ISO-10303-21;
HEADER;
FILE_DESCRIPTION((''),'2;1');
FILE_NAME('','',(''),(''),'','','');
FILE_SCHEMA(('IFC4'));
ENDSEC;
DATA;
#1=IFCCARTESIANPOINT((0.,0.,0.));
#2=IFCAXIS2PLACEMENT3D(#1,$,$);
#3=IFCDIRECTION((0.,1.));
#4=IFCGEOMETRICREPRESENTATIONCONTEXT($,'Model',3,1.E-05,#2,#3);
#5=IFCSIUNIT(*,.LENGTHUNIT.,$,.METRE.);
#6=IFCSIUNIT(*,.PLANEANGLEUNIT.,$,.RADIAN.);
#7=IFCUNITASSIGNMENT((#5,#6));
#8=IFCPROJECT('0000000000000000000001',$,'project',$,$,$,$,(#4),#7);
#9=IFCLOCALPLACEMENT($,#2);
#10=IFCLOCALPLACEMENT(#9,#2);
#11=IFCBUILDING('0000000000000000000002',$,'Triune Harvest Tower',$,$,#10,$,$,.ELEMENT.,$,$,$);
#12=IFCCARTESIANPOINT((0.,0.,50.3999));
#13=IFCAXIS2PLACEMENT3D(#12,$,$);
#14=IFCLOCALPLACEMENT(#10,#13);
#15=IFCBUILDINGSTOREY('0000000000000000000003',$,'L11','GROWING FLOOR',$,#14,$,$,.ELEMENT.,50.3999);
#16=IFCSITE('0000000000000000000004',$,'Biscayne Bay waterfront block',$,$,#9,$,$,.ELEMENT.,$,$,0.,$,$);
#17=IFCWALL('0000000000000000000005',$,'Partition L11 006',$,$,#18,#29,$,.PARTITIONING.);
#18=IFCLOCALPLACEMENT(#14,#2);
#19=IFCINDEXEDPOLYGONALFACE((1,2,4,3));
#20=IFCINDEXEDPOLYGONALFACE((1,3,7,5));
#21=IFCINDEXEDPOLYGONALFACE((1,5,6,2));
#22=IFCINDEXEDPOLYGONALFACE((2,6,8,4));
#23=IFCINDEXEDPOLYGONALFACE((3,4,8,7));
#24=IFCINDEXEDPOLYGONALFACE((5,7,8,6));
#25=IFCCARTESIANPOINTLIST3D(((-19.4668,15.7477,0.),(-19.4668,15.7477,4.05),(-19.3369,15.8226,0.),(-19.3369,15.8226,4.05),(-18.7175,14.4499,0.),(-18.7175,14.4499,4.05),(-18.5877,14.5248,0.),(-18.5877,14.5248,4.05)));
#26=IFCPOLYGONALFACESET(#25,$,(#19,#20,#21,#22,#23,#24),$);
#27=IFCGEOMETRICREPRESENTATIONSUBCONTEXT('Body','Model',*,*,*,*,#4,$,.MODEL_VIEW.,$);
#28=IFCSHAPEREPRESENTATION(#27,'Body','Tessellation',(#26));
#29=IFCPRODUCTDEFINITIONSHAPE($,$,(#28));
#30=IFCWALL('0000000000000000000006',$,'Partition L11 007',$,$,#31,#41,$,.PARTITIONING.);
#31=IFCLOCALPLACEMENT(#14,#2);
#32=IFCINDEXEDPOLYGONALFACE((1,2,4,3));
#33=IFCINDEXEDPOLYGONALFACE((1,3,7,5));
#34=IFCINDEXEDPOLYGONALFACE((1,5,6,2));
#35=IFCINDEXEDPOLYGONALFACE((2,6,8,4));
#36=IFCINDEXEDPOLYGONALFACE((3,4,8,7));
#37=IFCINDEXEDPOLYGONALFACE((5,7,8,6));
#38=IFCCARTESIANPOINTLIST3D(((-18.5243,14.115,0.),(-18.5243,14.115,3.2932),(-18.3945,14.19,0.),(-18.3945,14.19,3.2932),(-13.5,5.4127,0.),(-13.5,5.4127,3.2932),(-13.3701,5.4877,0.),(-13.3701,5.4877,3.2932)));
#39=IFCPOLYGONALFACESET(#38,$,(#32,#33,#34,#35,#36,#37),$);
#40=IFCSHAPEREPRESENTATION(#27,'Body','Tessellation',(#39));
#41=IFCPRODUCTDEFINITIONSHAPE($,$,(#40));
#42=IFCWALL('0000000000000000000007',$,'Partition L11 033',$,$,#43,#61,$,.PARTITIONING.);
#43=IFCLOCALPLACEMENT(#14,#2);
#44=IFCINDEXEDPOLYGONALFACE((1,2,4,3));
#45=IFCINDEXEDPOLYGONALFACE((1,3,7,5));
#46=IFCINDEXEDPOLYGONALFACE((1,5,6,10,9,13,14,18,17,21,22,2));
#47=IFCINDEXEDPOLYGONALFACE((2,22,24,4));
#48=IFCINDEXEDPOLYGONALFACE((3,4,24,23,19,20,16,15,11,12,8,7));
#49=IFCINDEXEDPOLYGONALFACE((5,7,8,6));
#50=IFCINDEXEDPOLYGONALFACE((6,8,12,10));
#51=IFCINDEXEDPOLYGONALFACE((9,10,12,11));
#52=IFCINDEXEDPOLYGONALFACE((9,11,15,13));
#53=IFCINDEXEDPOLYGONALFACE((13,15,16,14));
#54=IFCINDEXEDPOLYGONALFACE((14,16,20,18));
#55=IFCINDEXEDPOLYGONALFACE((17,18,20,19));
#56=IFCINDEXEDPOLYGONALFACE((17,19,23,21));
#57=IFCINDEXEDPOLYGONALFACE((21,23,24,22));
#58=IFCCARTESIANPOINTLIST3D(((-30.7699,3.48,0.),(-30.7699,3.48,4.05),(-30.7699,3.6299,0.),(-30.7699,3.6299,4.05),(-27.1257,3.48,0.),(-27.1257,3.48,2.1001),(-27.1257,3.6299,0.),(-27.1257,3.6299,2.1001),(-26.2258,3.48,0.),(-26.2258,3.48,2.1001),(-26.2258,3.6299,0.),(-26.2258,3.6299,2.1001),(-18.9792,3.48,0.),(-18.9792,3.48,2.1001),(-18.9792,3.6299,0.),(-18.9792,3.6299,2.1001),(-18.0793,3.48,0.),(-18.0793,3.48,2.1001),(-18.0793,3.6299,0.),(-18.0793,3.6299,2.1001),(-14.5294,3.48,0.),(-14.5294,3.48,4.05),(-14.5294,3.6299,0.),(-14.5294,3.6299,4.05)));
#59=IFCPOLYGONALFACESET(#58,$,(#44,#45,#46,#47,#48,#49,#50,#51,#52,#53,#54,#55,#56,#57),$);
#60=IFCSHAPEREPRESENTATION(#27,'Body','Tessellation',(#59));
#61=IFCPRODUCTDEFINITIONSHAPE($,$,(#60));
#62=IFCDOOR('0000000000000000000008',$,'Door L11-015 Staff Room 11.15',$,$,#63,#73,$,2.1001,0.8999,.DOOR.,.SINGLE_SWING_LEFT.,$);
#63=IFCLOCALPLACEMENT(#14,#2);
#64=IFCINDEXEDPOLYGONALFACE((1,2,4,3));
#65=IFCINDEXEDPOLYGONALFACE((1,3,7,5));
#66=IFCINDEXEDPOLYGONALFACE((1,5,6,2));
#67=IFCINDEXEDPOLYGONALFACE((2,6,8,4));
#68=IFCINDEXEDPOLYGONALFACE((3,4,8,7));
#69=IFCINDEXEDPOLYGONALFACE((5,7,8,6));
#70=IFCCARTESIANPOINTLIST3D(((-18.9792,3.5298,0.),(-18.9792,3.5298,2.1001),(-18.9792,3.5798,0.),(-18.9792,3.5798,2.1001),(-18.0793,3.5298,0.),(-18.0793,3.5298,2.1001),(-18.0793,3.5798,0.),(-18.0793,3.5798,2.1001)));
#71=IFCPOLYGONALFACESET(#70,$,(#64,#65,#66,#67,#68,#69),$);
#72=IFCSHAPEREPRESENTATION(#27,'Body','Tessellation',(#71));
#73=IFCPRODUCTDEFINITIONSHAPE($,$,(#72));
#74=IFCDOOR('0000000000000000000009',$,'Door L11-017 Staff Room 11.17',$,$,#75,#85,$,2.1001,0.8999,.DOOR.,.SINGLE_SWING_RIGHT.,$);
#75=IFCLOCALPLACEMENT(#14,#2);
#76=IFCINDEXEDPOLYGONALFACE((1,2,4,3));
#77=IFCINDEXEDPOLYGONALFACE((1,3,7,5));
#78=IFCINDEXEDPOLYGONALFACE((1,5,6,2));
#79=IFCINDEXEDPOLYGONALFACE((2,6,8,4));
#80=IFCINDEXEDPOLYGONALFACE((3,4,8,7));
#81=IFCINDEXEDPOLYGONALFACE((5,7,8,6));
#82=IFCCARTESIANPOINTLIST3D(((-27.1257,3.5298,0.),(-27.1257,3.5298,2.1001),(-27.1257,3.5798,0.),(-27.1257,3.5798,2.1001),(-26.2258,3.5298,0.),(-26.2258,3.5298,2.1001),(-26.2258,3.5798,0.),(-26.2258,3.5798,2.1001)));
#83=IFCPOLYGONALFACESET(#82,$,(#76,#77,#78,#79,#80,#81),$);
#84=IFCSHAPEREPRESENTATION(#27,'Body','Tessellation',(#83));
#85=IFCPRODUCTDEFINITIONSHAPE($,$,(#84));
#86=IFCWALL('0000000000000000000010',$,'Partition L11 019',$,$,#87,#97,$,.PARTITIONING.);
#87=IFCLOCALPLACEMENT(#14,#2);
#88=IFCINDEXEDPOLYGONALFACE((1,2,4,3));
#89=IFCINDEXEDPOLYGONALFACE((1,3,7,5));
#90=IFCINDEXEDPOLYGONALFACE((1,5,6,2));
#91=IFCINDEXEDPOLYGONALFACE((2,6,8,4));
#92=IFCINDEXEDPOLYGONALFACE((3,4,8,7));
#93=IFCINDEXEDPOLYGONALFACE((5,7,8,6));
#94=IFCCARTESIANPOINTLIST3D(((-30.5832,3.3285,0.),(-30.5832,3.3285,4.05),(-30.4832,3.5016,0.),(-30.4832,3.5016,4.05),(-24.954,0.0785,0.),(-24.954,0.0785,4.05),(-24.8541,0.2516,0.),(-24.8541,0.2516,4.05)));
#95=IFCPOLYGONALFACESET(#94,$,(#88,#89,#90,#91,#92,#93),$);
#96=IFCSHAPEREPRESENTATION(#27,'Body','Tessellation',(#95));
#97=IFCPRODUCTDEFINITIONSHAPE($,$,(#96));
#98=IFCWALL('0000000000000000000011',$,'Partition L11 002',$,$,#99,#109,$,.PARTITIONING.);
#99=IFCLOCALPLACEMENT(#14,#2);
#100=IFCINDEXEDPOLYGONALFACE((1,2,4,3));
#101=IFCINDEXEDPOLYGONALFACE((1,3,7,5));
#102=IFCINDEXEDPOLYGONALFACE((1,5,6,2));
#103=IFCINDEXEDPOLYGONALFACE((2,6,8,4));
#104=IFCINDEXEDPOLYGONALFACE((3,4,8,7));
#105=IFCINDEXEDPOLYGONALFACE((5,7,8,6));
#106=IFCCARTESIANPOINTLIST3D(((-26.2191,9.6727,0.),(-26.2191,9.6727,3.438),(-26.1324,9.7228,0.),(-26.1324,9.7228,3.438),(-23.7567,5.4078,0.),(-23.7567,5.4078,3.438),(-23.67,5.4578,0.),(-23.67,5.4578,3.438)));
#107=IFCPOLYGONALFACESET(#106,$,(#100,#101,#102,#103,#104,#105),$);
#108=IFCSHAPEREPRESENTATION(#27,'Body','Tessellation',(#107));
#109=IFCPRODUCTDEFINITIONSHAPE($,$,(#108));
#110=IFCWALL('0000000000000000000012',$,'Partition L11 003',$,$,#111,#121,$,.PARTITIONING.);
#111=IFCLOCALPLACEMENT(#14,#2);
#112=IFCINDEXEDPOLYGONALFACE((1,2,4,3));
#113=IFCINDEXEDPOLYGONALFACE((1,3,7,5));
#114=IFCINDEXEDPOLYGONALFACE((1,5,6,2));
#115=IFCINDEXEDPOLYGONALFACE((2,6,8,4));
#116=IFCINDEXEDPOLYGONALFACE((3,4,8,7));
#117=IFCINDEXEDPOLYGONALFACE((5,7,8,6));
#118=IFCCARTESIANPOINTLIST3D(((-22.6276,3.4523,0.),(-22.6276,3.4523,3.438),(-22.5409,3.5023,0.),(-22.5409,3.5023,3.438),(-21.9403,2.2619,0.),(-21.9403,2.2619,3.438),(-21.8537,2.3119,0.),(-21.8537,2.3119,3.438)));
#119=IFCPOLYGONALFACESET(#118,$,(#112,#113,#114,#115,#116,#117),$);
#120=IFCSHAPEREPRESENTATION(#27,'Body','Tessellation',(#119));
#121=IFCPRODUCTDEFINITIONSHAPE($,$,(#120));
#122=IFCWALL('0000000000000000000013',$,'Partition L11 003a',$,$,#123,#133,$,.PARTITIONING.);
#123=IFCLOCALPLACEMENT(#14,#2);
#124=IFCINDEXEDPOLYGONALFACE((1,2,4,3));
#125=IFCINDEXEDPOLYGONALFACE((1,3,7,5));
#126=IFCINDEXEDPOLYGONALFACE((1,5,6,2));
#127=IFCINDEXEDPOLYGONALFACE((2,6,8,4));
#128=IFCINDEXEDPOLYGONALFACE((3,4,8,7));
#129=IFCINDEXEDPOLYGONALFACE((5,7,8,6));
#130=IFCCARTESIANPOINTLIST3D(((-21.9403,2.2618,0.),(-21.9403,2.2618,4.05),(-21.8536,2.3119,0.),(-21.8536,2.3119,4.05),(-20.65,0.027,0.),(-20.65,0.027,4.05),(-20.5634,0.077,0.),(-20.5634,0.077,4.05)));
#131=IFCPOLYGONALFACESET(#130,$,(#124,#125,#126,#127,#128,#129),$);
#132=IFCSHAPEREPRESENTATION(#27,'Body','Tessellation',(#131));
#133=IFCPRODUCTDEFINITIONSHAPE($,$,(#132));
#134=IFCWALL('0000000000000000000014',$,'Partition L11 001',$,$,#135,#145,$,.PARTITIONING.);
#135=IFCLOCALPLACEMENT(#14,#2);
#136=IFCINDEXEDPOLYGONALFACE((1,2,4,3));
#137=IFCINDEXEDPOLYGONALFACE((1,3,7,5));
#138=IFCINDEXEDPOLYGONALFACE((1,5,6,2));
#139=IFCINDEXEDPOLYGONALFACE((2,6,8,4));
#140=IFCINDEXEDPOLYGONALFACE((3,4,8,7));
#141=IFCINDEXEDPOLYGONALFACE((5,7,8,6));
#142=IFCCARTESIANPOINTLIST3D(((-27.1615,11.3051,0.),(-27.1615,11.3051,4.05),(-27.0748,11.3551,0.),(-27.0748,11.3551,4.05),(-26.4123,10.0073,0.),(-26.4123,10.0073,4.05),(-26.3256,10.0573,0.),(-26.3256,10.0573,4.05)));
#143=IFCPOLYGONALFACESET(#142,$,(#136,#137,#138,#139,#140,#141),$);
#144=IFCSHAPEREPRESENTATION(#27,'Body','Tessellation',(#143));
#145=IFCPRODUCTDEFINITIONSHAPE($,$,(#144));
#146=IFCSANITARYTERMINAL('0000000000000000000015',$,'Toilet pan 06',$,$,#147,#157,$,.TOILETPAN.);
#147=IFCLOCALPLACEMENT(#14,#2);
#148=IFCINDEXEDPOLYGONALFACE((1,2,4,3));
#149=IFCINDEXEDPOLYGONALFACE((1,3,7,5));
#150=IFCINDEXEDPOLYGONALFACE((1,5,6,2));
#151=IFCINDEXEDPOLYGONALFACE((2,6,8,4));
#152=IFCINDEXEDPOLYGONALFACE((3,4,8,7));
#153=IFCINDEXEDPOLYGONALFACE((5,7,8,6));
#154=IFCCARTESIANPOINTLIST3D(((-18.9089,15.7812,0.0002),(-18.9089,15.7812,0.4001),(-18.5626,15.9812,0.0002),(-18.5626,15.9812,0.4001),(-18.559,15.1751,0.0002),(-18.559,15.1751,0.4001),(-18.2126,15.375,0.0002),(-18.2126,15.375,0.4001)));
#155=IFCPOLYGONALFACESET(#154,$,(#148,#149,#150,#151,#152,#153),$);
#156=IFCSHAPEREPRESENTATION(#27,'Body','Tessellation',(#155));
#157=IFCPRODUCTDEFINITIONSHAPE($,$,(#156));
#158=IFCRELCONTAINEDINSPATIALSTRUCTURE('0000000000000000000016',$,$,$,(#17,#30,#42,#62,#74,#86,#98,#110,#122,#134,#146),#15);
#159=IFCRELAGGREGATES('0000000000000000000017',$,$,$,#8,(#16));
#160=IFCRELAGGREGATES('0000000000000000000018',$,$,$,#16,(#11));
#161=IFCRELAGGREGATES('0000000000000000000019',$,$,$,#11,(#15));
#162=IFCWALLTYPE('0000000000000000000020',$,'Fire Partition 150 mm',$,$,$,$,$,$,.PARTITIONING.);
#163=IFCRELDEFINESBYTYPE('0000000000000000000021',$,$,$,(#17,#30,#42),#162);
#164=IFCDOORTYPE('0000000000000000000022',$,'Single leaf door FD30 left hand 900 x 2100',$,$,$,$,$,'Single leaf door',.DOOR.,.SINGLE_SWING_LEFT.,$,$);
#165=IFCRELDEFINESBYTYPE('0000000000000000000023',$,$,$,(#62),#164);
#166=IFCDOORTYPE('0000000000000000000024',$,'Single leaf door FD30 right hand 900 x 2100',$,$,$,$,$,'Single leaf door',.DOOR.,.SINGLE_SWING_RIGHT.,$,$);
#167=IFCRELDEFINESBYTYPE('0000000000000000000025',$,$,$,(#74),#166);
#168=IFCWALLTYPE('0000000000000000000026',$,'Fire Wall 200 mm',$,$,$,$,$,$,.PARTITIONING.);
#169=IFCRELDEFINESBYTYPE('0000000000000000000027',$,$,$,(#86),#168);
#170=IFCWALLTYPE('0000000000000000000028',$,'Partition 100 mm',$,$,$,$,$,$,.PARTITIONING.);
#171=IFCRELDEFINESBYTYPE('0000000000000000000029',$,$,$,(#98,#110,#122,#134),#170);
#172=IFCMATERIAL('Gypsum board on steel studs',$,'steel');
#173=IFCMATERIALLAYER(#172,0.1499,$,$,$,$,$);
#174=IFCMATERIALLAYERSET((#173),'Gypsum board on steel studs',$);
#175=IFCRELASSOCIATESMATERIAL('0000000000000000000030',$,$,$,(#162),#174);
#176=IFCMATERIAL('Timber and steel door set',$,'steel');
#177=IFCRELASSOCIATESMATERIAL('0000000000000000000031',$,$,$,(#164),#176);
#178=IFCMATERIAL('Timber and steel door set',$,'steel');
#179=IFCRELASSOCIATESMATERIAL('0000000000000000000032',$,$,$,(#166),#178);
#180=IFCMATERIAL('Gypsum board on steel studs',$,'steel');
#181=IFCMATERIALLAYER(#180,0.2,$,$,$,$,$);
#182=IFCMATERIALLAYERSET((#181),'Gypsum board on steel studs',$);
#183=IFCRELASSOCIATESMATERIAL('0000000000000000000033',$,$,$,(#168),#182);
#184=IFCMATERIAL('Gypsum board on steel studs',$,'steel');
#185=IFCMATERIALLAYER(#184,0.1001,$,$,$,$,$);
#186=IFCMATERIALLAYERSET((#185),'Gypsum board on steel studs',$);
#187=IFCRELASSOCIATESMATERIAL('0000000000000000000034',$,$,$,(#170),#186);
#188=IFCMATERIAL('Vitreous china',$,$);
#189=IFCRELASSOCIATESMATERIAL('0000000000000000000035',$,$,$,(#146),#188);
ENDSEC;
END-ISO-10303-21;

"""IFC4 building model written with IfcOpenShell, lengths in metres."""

from ifc_helpers import new_model, si_unit, direction, frame, frame_2d, origin, origin_2d, place, context, subcontext, project, spatial, rectangle, extrude, source, transform, mapped, material, layer, layer_set, type_object, element, fill, save


model = new_model("IFC4")

# Units and contexts
model_context = context("Model", 3, precision=1e-05, world=origin(), true_north=direction((0.0, 1.0)))
body_context = subcontext(model_context, "Body", "Model", "MODEL_VIEW")
ifc_project = project(units=[si_unit("LENGTHUNIT", "METRE"), si_unit("PLANEANGLEUNIT", "RADIAN")], contexts=[model_context])

# Site, building, storey
site_placement = place(None, origin())
site = spatial("IfcSite", under=ifc_project, at=site_placement, Name="Biscayne Bay waterfront block", CompositionType="ELEMENT", RefElevation=0.0)
building_placement = place(site_placement, origin())
building = spatial("IfcBuilding", under=site, at=building_placement, Name="Triune Harvest Tower", CompositionType="ELEMENT")
storey_placement = place(building_placement, frame((0.0, 0.0, 50.3999)))
storey = spatial("IfcBuildingStorey", under=building, at=storey_placement, Name="L11", Description="GROWING FLOOR", CompositionType="ELEMENT", Elevation=50.3999)

# Walls
ifc_material_1 = material(Name="Gypsum board on steel studs", Category="steel")
ifc_layer_1 = layer(ifc_material_1, 0.1499)
ifc_layer_set_1 = layer_set([ifc_layer_1], Name="Gypsum board on steel studs")
wall_type_1 = type_object("IfcWallType", Name="Fire Partition 150 mm", PredefinedType="PARTITIONING", material=ifc_layer_set_1)
wall_1_placement = place(storey_placement, frame((-19.4019, 15.7852, 0.0), z_axis=(0.0, 0.0, 1.0), x_axis=(0.499976, -0.866039, 0.0)))
element("IfcWall", 1, at=wall_1_placement, inside=storey, type_object=wall_type_1, Name="Partition L11 006", PredefinedType="PARTITIONING", context=body_context, shape_type="SweptSolid", body=[
    extrude(rectangle(XDim=1.4985, YDim=0.1499, at=frame_2d((0.7493, 0.0))), origin(), (0.0, 0.0, 1.0), 4.05),
])
wall_2_placement = place(storey_placement, frame((-18.4595, 14.1526, 0.0), z_axis=(0.0, 0.0, 1.0), x_axis=(0.500006, -0.866022, 0.0)))
element("IfcWall", 2, at=wall_2_placement, inside=storey, type_object=wall_type_1, Name="Partition L11 007", PredefinedType="PARTITIONING", context=body_context, shape_type="SweptSolid", body=[
    extrude(rectangle(XDim=10.0486, YDim=0.1499, at=frame_2d((5.0244, 0.0))), origin(), (0.0, 0.0, 1.0), 3.2932),
])

# Wall, openings, doors
wall_3_placement = place(storey_placement, frame((-30.7698, 3.5549, 0.0), z_axis=(0.0, 0.0, 1.0), x_axis=(1.0, 0.0, 0.0)))
wall_3 = element("IfcWall", 3, at=wall_3_placement, inside=storey, type_object=wall_type_1, Name="Partition L11 033", PredefinedType="PARTITIONING", context=body_context, shape_type="SweptSolid", body=[
    extrude(rectangle(XDim=16.2405, YDim=0.1499, at=frame_2d((8.1201, 0.0))), origin(), (0.0, 0.0, 1.0), 4.05),
])
opening_1_placement = place(wall_3_placement, frame((11.7905, 0.0, 0.0)))
opening_1 = element("IfcOpeningElement", 4, at=opening_1_placement, cuts=wall_3, PredefinedType="OPENING", context=body_context, shape_type="SweptSolid", body=[
    extrude(rectangle(XDim=0.8999, YDim=2.1001, at=frame_2d((0.45, 1.05))), frame((0.0, 0.085, 0.0), z_axis=(0.0, -1.0, 0.0), x_axis=(1.0, 0.0, 0.0)), (0.0, 0.0, 1.0), 0.1699),
])
opening_2_placement = place(wall_3_placement, frame((3.644, 0.0, 0.0)))
opening_2 = element("IfcOpeningElement", 5, at=opening_2_placement, cuts=wall_3, PredefinedType="OPENING", context=body_context, shape_type="SweptSolid", body=[
    extrude(rectangle(XDim=0.8999, YDim=2.1001, at=frame_2d((0.45, 1.05))), frame((0.0, 0.085, 0.0), z_axis=(0.0, -1.0, 0.0), x_axis=(1.0, 0.0, 0.0)), (0.0, 0.0, 1.0), 0.1699),
])
ifc_material_2 = material(Name="Timber and steel door set", Category="steel")
door_type_1 = type_object("IfcDoorType", Name="Single leaf door FD30 left hand 900 x 2100", ElementType="Single leaf door", OperationType="SINGLE_SWING_LEFT", PredefinedType="DOOR", material=ifc_material_2)
door_1_placement = place(opening_1_placement, origin())
door_1 = element("IfcDoor", 6, at=door_1_placement, inside=storey, type_object=door_type_1, Name="Door L11-015 Staff Room 11.15", OperationType="SINGLE_SWING_LEFT", OverallHeight=2.1001, OverallWidth=0.8999, PredefinedType="DOOR", context=body_context, shape_type="SweptSolid", body=[
    extrude(rectangle(XDim=0.8999, YDim=2.1001, at=frame_2d((0.45, 1.05))), frame((0.0, 0.0249, 0.0), z_axis=(0.0, -1.0, 0.0), x_axis=(1.0, 0.0, 0.0)), (0.0, 0.0, 1.0), 0.05),
])
fill(opening_1, door_1)
ifc_material_3 = material(Name="Timber and steel door set", Category="steel")
door_type_2 = type_object("IfcDoorType", Name="Single leaf door FD30 right hand 900 x 2100", ElementType="Single leaf door", OperationType="SINGLE_SWING_RIGHT", PredefinedType="DOOR", material=ifc_material_3)
door_2_placement = place(opening_2_placement, origin())
door_2 = element("IfcDoor", 7, at=door_2_placement, inside=storey, type_object=door_type_2, Name="Door L11-017 Staff Room 11.17", OperationType="SINGLE_SWING_RIGHT", OverallHeight=2.1001, OverallWidth=0.8999, PredefinedType="DOOR", context=body_context, shape_type="SweptSolid", body=[
    extrude(rectangle(XDim=0.8999, YDim=2.1001, at=frame_2d((0.45, 1.05))), frame((0.0, 0.0249, 0.0), z_axis=(0.0, -1.0, 0.0), x_axis=(1.0, 0.0, 0.0)), (0.0, 0.0, 1.0), 0.05),
])
fill(opening_2, door_2)

# Walls
ifc_material_4 = material(Name="Gypsum board on steel studs", Category="steel")
ifc_layer_2 = layer(ifc_material_4, 0.2)
ifc_layer_set_2 = layer_set([ifc_layer_2], Name="Gypsum board on steel studs")
wall_type_2 = type_object("IfcWallType", Name="Fire Wall 200 mm", PredefinedType="PARTITIONING", material=ifc_layer_set_2)
wall_4_placement = place(storey_placement, frame((-30.5332, 3.415, 0.0), z_axis=(0.0, 0.0, 1.0), x_axis=(0.866025, -0.500001, 0.0)))
element("IfcWall", 8, at=wall_4_placement, inside=storey, type_object=wall_type_2, Name="Partition L11 019", PredefinedType="PARTITIONING", context=body_context, shape_type="SweptSolid", body=[
    extrude(rectangle(XDim=6.5, YDim=0.2, at=frame_2d((3.25, 0.0))), origin(), (0.0, 0.0, 1.0), 4.05),
])
ifc_material_5 = material(Name="Gypsum board on steel studs", Category="steel")
ifc_layer_3 = layer(ifc_material_5, 0.1001)
ifc_layer_set_3 = layer_set([ifc_layer_3], Name="Gypsum board on steel studs")
wall_type_3 = type_object("IfcWallType", Name="Partition 100 mm", PredefinedType="PARTITIONING", material=ifc_layer_set_3)
wall_5_placement = place(storey_placement, frame((-26.1758, 9.6978, 0.0), z_axis=(0.0, 0.0, 1.0), x_axis=(0.50001, -0.86602, 0.0)))
element("IfcWall", 9, at=wall_5_placement, inside=storey, type_object=wall_type_3, Name="Partition L11 002", PredefinedType="PARTITIONING", context=body_context, shape_type="SweptSolid", body=[
    extrude(rectangle(XDim=4.9248, YDim=0.1001, at=frame_2d((2.4624, 0.0))), origin(), (0.0, 0.0, 1.0), 3.438),
])
wall_6_placement = place(storey_placement, frame((-22.5842, 3.4773, 0.0), z_axis=(0.0, 0.0, 1.0), x_axis=(0.499979, -0.866038, 0.0)))
element("IfcWall", 10, at=wall_6_placement, inside=storey, type_object=wall_type_3, Name="Partition L11 003", PredefinedType="PARTITIONING", context=body_context, shape_type="SweptSolid", body=[
    extrude(rectangle(XDim=1.3745, YDim=0.1001, at=frame_2d((0.6873, 0.0))), origin(), (0.0, 0.0, 1.0), 3.438),
])
wall_7_placement = place(storey_placement, frame((-21.897, 2.2869, 0.0), z_axis=(0.0, 0.0, 1.0), x_axis=(0.499995, -0.866028, 0.0)))
element("IfcWall", 11, at=wall_7_placement, inside=storey, type_object=wall_type_3, Name="Partition L11 003a", PredefinedType="PARTITIONING", context=body_context, shape_type="SweptSolid", body=[
    extrude(rectangle(XDim=2.5806, YDim=0.1001, at=frame_2d((1.2903, 0.0))), origin(), (0.0, 0.0, 1.0), 4.05),
])
shared_shape_1 = source(origin(), body_context, "Body", "SweptSolid", [
    extrude(rectangle(XDim=1.4985, YDim=0.1001, at=frame_2d((0.7493, 0.0))), origin(), (0.0, 0.0, 1.0), 4.05),
])
wall_8_placement = place(storey_placement, frame((-27.1182, 11.3301, 0.0), z_axis=(0.0, 0.0, 1.0), x_axis=(0.499976, -0.866039, 0.0)))
element("IfcWall", 12, at=wall_8_placement, inside=storey, type_object=wall_type_3, Name="Partition L11 001", PredefinedType="PARTITIONING", context=body_context, shape_type="MappedRepresentation", body=[
    mapped(shared_shape_1, transform((0.0, 0.0, 0.0), scale=1.0)),
])

# Sanitary terminal
ifc_material_6 = material(Name="Vitreous china")
shared_shape_2 = source(origin(), body_context, "Body", "SweptSolid", [
    extrude(rectangle(XDim=0.3999, YDim=0.7, at=origin_2d()), origin(), (0.0, 0.0, 1.0), 0.3999),
])
sanitary_terminal_placement = place(storey_placement, frame((-18.5608, 15.5781, 0.0002), z_axis=(0.0, 0.0, 1.0), x_axis=(0.866034, 0.499985, 0.0)))
element("IfcSanitaryTerminal", 13, at=sanitary_terminal_placement, inside=storey, material=ifc_material_6, Name="Toilet pan 06", PredefinedType="TOILETPAN", context=body_context, shape_type="MappedRepresentation", body=[
    mapped(shared_shape_2, transform((0.0, 0.0, 0.0), scale=1.0)),
])

save(model, "model.ifc")
